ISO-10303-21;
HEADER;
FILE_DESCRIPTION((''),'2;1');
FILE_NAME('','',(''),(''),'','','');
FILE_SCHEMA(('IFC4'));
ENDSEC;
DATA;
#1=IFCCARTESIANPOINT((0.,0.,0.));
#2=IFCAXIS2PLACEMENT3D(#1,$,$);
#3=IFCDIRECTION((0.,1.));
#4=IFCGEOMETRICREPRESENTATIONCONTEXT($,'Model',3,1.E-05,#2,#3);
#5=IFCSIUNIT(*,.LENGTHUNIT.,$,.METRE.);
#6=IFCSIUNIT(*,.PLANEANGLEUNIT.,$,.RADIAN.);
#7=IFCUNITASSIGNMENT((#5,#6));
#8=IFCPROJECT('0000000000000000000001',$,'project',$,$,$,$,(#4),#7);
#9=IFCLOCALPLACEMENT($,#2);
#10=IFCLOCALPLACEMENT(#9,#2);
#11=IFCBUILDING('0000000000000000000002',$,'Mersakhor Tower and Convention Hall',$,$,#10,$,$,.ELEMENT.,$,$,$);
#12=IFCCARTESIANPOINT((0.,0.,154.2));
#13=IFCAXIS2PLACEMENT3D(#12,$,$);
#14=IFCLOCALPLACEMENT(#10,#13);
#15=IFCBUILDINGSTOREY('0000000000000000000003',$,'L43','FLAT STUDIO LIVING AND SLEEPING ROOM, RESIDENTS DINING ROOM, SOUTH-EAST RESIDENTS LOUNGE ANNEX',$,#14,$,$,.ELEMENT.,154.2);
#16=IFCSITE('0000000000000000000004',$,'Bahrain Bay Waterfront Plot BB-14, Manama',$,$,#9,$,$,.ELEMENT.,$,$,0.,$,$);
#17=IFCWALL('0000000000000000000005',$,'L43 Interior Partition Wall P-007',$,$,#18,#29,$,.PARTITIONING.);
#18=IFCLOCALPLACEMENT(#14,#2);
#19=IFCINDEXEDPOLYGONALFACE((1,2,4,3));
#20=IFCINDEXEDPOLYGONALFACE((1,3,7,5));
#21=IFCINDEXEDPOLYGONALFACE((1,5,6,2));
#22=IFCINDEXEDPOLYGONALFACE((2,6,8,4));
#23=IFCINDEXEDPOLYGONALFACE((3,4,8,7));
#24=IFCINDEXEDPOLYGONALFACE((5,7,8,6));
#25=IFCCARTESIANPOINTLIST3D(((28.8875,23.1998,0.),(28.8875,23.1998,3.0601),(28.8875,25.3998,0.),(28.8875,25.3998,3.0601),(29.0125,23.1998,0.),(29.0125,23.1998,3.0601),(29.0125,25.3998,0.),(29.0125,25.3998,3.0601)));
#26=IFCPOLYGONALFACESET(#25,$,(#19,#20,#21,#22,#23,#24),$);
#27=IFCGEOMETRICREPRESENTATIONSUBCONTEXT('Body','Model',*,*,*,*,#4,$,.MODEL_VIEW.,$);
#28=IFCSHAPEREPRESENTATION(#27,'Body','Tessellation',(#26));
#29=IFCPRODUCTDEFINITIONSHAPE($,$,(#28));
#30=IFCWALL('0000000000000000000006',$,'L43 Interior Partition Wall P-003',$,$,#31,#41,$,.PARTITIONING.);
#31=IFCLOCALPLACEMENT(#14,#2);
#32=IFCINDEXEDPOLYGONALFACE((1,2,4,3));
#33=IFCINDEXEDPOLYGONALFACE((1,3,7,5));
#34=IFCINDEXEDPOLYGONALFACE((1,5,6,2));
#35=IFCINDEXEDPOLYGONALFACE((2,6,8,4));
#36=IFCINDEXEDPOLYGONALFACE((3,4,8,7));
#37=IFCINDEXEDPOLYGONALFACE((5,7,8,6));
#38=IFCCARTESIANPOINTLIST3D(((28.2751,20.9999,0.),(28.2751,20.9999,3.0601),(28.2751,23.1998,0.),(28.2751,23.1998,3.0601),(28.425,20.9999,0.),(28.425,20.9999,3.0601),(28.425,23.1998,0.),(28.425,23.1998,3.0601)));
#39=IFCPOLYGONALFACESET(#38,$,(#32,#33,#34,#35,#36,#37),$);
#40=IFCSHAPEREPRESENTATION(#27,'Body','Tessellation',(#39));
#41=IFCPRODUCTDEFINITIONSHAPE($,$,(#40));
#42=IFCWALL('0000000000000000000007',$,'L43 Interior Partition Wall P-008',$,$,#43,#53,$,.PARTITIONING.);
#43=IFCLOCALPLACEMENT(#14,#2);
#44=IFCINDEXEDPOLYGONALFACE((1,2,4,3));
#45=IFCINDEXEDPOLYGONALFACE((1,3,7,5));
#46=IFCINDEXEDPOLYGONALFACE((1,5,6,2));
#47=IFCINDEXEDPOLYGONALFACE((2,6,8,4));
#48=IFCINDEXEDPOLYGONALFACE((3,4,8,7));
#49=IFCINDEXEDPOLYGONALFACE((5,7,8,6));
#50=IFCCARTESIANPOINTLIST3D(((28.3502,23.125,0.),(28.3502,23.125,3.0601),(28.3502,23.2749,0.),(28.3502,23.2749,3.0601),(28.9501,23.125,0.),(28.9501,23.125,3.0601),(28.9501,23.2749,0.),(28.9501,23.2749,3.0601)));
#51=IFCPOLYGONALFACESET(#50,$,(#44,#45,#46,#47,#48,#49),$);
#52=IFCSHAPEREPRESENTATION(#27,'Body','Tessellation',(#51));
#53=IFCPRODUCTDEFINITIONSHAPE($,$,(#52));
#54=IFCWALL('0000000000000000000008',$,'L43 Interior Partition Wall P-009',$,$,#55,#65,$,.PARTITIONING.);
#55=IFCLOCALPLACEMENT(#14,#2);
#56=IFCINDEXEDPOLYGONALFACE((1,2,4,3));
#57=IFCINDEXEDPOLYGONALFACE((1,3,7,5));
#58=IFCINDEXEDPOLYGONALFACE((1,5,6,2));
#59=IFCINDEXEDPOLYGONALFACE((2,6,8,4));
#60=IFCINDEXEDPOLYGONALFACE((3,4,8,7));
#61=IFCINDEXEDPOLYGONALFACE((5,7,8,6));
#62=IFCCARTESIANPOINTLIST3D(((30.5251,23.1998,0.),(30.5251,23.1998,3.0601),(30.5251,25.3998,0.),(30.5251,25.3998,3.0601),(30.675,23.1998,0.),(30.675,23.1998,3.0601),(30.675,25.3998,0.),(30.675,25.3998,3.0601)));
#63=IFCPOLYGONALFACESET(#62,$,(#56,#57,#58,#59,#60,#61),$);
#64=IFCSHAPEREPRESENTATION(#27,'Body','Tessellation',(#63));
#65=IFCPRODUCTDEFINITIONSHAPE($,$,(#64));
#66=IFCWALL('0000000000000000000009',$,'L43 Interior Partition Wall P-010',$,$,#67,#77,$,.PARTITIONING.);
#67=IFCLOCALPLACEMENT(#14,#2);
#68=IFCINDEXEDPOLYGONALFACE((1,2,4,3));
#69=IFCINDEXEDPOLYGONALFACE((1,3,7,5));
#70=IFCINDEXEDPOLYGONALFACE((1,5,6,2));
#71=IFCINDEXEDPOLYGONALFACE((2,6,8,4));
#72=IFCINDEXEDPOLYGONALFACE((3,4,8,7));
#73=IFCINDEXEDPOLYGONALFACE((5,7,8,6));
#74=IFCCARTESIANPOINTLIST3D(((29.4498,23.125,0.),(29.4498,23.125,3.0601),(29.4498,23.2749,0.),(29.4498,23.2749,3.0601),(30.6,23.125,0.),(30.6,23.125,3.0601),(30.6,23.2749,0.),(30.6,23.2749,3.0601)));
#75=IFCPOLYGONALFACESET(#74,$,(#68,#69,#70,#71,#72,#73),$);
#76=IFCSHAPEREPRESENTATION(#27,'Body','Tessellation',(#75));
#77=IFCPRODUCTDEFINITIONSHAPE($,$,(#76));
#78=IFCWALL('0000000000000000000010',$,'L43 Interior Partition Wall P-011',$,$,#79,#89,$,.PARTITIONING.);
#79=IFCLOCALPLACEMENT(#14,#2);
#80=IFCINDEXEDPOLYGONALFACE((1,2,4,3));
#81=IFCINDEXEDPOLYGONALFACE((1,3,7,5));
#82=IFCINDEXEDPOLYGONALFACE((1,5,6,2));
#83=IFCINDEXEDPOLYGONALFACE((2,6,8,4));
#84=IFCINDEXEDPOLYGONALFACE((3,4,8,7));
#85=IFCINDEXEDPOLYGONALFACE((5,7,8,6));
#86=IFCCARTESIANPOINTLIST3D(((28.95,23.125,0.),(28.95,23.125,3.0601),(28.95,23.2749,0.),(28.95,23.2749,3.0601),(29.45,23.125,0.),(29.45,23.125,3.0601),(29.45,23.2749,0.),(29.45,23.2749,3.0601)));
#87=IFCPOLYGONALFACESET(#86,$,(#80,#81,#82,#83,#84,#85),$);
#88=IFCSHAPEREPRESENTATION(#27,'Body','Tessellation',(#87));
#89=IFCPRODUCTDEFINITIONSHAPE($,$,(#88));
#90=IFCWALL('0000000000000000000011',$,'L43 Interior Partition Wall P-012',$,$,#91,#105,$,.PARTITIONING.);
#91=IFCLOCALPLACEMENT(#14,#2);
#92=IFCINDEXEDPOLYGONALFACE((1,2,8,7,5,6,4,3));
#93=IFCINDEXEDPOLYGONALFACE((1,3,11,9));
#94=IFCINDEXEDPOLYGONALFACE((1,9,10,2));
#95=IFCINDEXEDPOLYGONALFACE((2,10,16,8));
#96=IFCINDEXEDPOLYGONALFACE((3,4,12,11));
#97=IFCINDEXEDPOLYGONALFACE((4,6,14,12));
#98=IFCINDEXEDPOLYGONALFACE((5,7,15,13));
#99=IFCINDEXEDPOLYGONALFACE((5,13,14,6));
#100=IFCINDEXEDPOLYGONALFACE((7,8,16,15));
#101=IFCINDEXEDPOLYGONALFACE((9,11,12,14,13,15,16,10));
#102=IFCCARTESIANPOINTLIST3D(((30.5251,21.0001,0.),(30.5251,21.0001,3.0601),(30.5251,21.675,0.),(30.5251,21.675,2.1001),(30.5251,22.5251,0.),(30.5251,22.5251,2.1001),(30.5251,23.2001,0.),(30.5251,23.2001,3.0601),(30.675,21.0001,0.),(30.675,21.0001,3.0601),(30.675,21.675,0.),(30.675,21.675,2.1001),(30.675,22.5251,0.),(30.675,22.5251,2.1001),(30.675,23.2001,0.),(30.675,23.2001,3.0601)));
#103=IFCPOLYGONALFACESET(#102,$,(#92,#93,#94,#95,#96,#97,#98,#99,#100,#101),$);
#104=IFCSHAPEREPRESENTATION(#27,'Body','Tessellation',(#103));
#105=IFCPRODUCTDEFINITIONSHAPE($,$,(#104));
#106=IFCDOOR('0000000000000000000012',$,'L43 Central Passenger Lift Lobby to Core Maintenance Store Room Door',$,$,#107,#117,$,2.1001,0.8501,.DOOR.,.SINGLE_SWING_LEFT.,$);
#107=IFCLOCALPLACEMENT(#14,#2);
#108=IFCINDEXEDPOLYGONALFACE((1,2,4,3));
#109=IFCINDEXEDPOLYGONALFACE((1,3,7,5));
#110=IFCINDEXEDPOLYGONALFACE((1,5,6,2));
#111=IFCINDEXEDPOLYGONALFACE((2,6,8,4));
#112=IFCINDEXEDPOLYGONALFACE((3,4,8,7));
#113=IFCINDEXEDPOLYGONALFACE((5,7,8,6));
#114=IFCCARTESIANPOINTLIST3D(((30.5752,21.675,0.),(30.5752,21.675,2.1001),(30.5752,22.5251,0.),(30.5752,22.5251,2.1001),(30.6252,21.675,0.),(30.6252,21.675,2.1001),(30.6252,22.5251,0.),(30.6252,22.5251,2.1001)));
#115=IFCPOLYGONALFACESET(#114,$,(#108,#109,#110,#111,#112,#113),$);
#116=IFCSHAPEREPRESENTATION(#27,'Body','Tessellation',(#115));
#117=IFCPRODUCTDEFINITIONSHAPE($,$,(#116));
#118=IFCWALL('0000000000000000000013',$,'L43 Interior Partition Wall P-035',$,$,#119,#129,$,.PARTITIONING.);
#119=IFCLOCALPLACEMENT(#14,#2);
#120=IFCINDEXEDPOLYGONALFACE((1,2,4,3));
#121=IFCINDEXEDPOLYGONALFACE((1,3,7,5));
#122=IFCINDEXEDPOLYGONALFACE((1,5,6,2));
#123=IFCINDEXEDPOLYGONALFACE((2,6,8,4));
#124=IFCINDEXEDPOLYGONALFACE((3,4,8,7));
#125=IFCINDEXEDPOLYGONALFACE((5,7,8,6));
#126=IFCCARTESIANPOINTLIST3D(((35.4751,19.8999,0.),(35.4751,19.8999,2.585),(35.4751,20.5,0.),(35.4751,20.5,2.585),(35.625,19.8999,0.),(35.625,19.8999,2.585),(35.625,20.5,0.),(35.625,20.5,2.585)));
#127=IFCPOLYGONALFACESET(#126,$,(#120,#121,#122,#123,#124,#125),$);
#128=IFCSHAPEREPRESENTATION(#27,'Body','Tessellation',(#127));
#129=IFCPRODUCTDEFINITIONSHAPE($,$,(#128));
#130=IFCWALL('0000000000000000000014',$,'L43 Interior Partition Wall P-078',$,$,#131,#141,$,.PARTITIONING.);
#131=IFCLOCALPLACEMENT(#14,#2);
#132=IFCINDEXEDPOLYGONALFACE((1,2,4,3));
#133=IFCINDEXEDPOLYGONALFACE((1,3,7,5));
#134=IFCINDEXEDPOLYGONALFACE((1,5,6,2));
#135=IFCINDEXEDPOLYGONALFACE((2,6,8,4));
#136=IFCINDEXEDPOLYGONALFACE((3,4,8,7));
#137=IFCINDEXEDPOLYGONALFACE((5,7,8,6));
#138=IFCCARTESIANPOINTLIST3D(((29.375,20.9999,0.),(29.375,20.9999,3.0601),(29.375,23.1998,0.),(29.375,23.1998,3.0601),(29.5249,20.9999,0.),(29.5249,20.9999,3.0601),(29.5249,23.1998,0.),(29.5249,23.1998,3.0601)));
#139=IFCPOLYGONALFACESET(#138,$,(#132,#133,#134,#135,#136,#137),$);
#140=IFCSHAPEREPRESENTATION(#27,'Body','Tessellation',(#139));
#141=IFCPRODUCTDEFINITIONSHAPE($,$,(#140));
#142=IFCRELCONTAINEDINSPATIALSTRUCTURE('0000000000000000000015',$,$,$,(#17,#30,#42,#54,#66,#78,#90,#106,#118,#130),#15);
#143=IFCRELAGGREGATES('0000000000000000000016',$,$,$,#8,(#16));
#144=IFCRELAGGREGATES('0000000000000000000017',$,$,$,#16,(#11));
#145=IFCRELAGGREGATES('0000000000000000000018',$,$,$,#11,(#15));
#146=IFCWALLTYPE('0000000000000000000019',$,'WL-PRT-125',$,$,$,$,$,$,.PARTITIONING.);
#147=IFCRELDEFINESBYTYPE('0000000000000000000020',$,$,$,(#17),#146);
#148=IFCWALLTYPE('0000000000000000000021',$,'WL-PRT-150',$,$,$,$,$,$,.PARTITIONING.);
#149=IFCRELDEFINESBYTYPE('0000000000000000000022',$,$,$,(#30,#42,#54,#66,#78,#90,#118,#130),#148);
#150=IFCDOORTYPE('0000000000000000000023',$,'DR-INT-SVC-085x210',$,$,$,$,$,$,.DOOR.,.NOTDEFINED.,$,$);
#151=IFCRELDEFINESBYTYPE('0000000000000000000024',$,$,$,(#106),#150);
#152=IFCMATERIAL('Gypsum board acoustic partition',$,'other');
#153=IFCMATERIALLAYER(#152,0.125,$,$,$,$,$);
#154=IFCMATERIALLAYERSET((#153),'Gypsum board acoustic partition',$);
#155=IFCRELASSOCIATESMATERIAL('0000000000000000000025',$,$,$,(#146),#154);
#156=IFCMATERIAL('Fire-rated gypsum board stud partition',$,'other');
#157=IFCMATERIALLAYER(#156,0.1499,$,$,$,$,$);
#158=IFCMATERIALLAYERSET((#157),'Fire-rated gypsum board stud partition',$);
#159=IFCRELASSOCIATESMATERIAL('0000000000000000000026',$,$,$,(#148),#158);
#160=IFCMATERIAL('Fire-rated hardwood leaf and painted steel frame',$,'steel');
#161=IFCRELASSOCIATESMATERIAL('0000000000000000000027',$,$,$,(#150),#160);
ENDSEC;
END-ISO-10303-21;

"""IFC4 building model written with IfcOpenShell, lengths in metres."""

from ifc_helpers import new_model, si_unit, direction, frame, frame_2d, origin, place, context, subcontext, project, spatial, rectangle, extrude, material, layer, layer_set, type_object, element, fill, save


model = new_model("IFC4")

# Units and contexts
model_context = context("Model", 3, precision=1e-05, world=origin(), true_north=direction((0.0, 1.0)))
body_context = subcontext(model_context, "Body", "Model", "MODEL_VIEW")
ifc_project = project(units=[si_unit("LENGTHUNIT", "METRE"), si_unit("PLANEANGLEUNIT", "RADIAN")], contexts=[model_context])

# Site, building, storey
site_placement = place(None, origin())
site = spatial("IfcSite", under=ifc_project, at=site_placement, Name="Bahrain Bay Waterfront Plot BB-14, Manama", CompositionType="ELEMENT", RefElevation=0.0)
building_placement = place(site_placement, origin())
building = spatial("IfcBuilding", under=site, at=building_placement, Name="Mersakhor Tower and Convention Hall", CompositionType="ELEMENT")
storey_placement = place(building_placement, frame((0.0, 0.0, 154.2)))
storey = spatial("IfcBuildingStorey", under=building, at=storey_placement, Name="L43", Description="FLAT STUDIO LIVING AND SLEEPING ROOM, RESIDENTS DINING ROOM, SOUTH-EAST RESIDENTS LOUNGE ANNEX", CompositionType="ELEMENT", Elevation=154.2)

# Walls
ifc_material_1 = material(Name="Gypsum board acoustic partition", Category="other")
ifc_layer_1 = layer(ifc_material_1, 0.125)
ifc_layer_set_1 = layer_set([ifc_layer_1], Name="Gypsum board acoustic partition")
wall_type_1 = type_object("IfcWallType", Name="WL-PRT-125", PredefinedType="PARTITIONING", material=ifc_layer_set_1)
wall_1_placement = place(storey_placement, frame((28.95, 25.3999, 0.0), z_axis=(0.0, 0.0, 1.0), x_axis=(0.0, -1.0, 0.0)))
element("IfcWall", 1, at=wall_1_placement, inside=storey, type_object=wall_type_1, Name="L43 Interior Partition Wall P-007", PredefinedType="PARTITIONING", context=body_context, shape_type="SweptSolid", body=[
    extrude(rectangle(XDim=2.2, YDim=0.125, at=frame_2d((1.1001, 0.0))), origin(), (0.0, 0.0, 1.0), 3.0601),
])
ifc_material_2 = material(Name="Fire-rated gypsum board stud partition", Category="other")
ifc_layer_2 = layer(ifc_material_2, 0.1499)
ifc_layer_set_2 = layer_set([ifc_layer_2], Name="Fire-rated gypsum board stud partition")
wall_type_2 = type_object("IfcWallType", Name="WL-PRT-150", PredefinedType="PARTITIONING", material=ifc_layer_set_2)
wall_2_placement = place(storey_placement, frame((28.3501, 23.2, 0.0), z_axis=(0.0, 0.0, 1.0), x_axis=(0.0, -1.0, 0.0)))
element("IfcWall", 2, at=wall_2_placement, inside=storey, type_object=wall_type_2, Name="L43 Interior Partition Wall P-003", PredefinedType="PARTITIONING", context=body_context, shape_type="SweptSolid", body=[
    extrude(rectangle(XDim=2.2, YDim=0.1499, at=frame_2d((1.1001, 0.0))), origin(), (0.0, 0.0, 1.0), 3.0601),
])
wall_3_placement = place(storey_placement, frame((28.95, 23.2, 0.0), z_axis=(0.0, 0.0, 1.0), x_axis=(-1.0, 0.0, 0.0)))
element("IfcWall", 3, at=wall_3_placement, inside=storey, type_object=wall_type_2, Name="L43 Interior Partition Wall P-008", PredefinedType="PARTITIONING", context=body_context, shape_type="SweptSolid", body=[
    extrude(rectangle(XDim=0.5999, YDim=0.1499, at=frame_2d((0.2998, 0.0))), origin(), (0.0, 0.0, 1.0), 3.0601),
])
wall_4_placement = place(storey_placement, frame((30.6001, 25.3999, 0.0), z_axis=(0.0, 0.0, 1.0), x_axis=(0.0, -1.0, 0.0)))
element("IfcWall", 4, at=wall_4_placement, inside=storey, type_object=wall_type_2, Name="L43 Interior Partition Wall P-009", PredefinedType="PARTITIONING", context=body_context, shape_type="SweptSolid", body=[
    extrude(rectangle(XDim=2.2, YDim=0.1499, at=frame_2d((1.1001, 0.0))), origin(), (0.0, 0.0, 1.0), 3.0601),
])
wall_5_placement = place(storey_placement, frame((30.6001, 23.2, 0.0), z_axis=(0.0, 0.0, 1.0), x_axis=(-1.0, 0.0, 0.0)))
element("IfcWall", 5, at=wall_5_placement, inside=storey, type_object=wall_type_2, Name="L43 Interior Partition Wall P-010", PredefinedType="PARTITIONING", context=body_context, shape_type="SweptSolid", body=[
    extrude(rectangle(XDim=1.1501, YDim=0.1499, at=frame_2d((0.5752, 0.0))), origin(), (0.0, 0.0, 1.0), 3.0601),
])
wall_6_placement = place(storey_placement, frame((29.45, 23.2, 0.0), z_axis=(0.0, 0.0, 1.0), x_axis=(-1.0, 0.0, 0.0)))
element("IfcWall", 6, at=wall_6_placement, inside=storey, type_object=wall_type_2, Name="L43 Interior Partition Wall P-011", PredefinedType="PARTITIONING", context=body_context, shape_type="SweptSolid", body=[
    extrude(rectangle(XDim=0.5, YDim=0.1499, at=frame_2d((0.25, 0.0))), origin(), (0.0, 0.0, 1.0), 3.0601),
])

# Wall, opening, door
wall_7_placement = place(storey_placement, frame((30.6001, 21.0, 0.0), z_axis=(0.0, 0.0, 1.0), x_axis=(0.0, 1.0, 0.0)))
wall_7 = element("IfcWall", 7, at=wall_7_placement, inside=storey, type_object=wall_type_2, Name="L43 Interior Partition Wall P-012", PredefinedType="PARTITIONING", context=body_context, shape_type="SweptSolid", body=[
    extrude(rectangle(XDim=2.2, YDim=0.1499, at=frame_2d((1.1001, 0.0))), origin(), (0.0, 0.0, 1.0), 3.0601),
])
opening_1_placement = place(wall_7_placement, frame((0.675, 0.0, 0.0)))
opening_1 = element("IfcOpeningElement", 8, at=opening_1_placement, cuts=wall_7, PredefinedType="OPENING", context=body_context, shape_type="SweptSolid", body=[
    extrude(rectangle(XDim=0.8501, YDim=2.1001, at=frame_2d((0.425, 1.05))), frame((0.0, 0.085, 0.0), z_axis=(0.0, -1.0, 0.0), x_axis=(1.0, 0.0, 0.0)), (0.0, 0.0, 1.0), 0.1699),
])
ifc_material_3 = material(Name="Fire-rated hardwood leaf and painted steel frame", Category="steel")
door_type_1 = type_object("IfcDoorType", Name="DR-INT-SVC-085x210", OperationType="NOTDEFINED", PredefinedType="DOOR", material=ifc_material_3)
door_1_placement = place(opening_1_placement, origin())
door_1 = element("IfcDoor", 9, at=door_1_placement, inside=storey, type_object=door_type_1, Name="L43 Central Passenger Lift Lobby to Core Maintenance Store Room Door", OperationType="SINGLE_SWING_LEFT", OverallHeight=2.1001, OverallWidth=0.8501, PredefinedType="DOOR", context=body_context, shape_type="SweptSolid", body=[
    extrude(rectangle(XDim=0.8501, YDim=2.1001, at=frame_2d((0.425, 1.05))), frame((0.0, 0.0249, 0.0), z_axis=(0.0, -1.0, 0.0), x_axis=(1.0, 0.0, 0.0)), (0.0, 0.0, 1.0), 0.05),
])
fill(opening_1, door_1)

# Walls
wall_8_placement = place(storey_placement, frame((35.55, 20.5, 0.0), z_axis=(0.0, 0.0, 1.0), x_axis=(0.0, -1.0, 0.0)))
element("IfcWall", 10, at=wall_8_placement, inside=storey, type_object=wall_type_2, Name="L43 Interior Partition Wall P-035", PredefinedType="PARTITIONING", context=body_context, shape_type="SweptSolid", body=[
    extrude(rectangle(XDim=0.6001, YDim=0.1499, at=frame_2d((0.3, 0.0))), origin(), (0.0, 0.0, 1.0), 2.585),
])
wall_9_placement = place(storey_placement, frame((29.45, 23.2, 0.0), z_axis=(0.0, 0.0, 1.0), x_axis=(0.0, -1.0, 0.0)))
element("IfcWall", 11, at=wall_9_placement, inside=storey, type_object=wall_type_2, Name="L43 Interior Partition Wall P-078", PredefinedType="PARTITIONING", context=body_context, shape_type="SweptSolid", body=[
    extrude(rectangle(XDim=2.2, YDim=0.1499, at=frame_2d((1.1001, 0.0))), origin(), (0.0, 0.0, 1.0), 3.0601),
])

save(model, "model.ifc")
